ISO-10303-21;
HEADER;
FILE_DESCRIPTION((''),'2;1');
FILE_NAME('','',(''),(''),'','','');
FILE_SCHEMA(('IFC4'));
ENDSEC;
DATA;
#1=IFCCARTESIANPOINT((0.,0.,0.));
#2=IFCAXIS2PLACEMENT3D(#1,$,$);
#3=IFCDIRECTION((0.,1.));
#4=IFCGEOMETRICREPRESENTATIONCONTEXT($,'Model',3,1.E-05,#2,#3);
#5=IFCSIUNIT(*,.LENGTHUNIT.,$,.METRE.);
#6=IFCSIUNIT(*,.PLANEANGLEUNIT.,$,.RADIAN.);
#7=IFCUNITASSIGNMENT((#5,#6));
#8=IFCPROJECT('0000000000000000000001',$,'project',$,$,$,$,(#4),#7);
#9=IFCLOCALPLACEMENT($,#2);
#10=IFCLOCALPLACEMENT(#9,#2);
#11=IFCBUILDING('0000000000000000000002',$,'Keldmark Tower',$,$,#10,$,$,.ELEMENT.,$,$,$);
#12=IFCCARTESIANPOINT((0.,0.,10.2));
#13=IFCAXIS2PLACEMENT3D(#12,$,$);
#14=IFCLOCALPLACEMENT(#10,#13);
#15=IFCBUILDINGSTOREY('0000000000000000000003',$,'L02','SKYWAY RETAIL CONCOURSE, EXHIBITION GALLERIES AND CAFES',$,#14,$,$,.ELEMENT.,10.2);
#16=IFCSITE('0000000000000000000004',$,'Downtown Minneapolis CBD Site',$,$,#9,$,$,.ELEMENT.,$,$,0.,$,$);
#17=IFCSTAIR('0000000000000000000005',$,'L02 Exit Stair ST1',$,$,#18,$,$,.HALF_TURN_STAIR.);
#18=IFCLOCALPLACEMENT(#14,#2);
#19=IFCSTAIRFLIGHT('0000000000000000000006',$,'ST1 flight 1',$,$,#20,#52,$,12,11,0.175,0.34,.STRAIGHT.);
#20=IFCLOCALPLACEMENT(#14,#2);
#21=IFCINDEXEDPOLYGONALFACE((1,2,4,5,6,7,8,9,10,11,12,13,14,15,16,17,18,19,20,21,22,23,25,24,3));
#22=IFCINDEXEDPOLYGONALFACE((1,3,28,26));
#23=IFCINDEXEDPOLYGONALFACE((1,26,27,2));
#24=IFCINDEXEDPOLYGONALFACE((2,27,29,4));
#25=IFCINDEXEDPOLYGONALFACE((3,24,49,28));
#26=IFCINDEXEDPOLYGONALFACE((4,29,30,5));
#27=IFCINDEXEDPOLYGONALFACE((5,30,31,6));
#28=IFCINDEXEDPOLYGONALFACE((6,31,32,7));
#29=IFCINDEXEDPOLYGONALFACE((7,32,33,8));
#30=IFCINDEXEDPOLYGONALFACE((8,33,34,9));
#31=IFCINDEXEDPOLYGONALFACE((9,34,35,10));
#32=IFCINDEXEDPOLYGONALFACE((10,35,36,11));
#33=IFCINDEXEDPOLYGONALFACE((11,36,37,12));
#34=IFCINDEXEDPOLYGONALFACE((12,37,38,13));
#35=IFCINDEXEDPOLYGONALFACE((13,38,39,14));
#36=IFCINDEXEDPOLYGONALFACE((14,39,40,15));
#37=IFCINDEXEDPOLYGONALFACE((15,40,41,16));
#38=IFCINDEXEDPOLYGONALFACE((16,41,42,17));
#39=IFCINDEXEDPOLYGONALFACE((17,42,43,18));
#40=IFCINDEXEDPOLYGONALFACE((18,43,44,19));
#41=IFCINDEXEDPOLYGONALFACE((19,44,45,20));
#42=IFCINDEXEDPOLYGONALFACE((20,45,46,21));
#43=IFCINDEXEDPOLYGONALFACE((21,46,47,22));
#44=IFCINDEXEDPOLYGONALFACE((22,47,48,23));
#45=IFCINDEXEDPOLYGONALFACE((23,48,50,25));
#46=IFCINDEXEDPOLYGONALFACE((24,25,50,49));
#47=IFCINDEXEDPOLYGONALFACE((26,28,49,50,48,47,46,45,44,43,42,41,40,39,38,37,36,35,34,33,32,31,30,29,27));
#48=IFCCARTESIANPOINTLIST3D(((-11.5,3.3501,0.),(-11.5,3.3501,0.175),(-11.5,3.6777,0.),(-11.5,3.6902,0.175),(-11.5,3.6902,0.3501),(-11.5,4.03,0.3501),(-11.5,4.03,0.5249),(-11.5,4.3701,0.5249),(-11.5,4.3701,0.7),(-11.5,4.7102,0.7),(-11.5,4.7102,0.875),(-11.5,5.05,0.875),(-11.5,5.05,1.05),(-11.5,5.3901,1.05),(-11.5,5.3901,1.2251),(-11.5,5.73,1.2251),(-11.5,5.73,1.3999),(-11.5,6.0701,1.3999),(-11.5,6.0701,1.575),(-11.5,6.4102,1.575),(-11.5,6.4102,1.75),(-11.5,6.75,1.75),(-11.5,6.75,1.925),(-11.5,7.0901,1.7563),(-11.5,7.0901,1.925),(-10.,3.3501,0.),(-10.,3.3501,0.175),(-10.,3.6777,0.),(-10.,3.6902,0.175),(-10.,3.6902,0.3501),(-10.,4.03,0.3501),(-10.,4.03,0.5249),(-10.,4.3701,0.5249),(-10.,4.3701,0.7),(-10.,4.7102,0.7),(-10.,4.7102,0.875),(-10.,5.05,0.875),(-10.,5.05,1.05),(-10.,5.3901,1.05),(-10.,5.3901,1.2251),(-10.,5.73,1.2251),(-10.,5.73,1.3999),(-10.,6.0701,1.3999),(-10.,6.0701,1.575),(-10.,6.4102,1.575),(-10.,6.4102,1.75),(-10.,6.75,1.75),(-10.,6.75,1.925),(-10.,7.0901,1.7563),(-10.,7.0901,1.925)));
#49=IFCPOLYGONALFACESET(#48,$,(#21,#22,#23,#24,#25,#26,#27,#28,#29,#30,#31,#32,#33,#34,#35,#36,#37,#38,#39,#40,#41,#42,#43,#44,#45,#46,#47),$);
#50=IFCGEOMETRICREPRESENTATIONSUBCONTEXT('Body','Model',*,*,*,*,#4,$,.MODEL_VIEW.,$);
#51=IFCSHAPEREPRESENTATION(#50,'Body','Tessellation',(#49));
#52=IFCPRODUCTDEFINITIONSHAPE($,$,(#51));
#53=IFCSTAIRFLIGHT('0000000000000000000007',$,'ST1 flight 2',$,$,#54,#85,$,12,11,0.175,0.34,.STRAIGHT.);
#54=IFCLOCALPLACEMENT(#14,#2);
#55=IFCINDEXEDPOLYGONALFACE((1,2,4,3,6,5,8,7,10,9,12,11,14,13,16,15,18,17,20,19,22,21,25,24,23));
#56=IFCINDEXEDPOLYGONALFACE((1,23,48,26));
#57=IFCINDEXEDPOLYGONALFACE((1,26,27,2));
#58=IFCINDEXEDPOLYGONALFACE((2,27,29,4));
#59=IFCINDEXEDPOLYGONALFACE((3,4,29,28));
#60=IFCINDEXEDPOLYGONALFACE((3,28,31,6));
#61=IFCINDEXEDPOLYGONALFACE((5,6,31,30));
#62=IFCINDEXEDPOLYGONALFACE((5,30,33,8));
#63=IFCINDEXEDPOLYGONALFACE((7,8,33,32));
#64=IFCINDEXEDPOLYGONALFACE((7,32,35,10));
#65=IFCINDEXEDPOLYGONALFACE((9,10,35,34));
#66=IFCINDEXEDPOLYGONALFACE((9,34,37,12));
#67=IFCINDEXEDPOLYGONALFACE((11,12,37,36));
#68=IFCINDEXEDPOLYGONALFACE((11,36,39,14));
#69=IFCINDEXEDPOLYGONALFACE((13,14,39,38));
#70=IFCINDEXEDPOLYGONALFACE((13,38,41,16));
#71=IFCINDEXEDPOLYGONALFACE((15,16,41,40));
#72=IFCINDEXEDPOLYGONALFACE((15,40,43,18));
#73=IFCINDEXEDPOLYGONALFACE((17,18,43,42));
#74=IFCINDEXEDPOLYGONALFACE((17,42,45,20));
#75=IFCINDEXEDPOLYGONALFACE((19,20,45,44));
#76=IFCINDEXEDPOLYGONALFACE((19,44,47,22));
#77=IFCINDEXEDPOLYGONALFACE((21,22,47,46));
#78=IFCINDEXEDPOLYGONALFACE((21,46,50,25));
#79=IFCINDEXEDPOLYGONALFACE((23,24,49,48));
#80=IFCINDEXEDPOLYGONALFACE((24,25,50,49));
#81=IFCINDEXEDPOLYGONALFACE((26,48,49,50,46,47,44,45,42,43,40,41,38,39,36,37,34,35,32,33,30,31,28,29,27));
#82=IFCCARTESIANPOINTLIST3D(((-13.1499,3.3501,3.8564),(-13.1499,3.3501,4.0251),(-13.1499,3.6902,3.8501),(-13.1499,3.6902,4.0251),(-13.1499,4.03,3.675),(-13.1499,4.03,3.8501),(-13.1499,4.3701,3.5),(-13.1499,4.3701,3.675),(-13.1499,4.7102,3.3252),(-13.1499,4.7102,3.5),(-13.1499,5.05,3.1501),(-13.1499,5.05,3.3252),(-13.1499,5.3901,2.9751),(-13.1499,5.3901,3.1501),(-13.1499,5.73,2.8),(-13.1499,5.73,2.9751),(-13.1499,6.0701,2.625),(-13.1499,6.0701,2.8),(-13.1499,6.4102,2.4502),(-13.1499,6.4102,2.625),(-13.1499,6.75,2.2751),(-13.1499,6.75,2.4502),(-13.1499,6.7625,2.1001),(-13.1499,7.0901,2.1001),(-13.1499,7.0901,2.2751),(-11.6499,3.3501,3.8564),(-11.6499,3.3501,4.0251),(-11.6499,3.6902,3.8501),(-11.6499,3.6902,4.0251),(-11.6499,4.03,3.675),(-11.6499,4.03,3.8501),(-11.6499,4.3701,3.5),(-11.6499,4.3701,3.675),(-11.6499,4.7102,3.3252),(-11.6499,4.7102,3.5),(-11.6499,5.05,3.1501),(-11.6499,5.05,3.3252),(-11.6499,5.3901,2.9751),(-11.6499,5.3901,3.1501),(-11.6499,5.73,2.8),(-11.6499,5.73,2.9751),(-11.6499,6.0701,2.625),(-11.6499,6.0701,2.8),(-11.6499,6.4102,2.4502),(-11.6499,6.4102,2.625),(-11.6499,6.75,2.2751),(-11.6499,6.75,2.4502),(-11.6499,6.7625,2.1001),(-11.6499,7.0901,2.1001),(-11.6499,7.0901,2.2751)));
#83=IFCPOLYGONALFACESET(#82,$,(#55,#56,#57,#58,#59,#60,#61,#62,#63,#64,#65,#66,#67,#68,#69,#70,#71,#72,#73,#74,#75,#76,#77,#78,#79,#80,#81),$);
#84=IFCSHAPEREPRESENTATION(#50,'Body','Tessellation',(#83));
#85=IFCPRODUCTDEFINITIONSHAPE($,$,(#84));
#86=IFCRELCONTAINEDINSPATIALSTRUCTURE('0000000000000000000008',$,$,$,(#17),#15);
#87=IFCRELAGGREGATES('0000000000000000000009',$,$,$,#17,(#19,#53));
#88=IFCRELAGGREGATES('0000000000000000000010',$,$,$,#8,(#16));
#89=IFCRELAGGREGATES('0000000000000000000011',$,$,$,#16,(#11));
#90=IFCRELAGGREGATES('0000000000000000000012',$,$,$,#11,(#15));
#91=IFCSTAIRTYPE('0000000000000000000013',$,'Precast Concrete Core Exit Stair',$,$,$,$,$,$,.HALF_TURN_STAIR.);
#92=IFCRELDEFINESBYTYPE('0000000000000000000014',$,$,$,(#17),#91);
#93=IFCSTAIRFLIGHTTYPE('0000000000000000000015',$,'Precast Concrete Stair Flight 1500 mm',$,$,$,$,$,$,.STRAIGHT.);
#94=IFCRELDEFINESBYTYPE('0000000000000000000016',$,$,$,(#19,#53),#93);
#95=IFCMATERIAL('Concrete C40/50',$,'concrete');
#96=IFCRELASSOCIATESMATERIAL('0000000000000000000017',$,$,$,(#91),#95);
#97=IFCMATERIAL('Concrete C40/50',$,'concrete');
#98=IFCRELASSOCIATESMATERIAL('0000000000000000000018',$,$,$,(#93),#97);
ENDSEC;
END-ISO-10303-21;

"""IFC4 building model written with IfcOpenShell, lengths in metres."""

from ifc_helpers import new_model, si_unit, direction, frame, origin, place, context, subcontext, project, spatial, polyline, outline, extrude, material, type_object, element, aggregate, save


model = new_model("IFC4")

# Units and contexts
model_context = context("Model", 3, precision=1e-05, world=origin(), true_north=direction((0.0, 1.0)))
body_context = subcontext(model_context, "Body", "Model", "MODEL_VIEW")
ifc_project = project(units=[si_unit("LENGTHUNIT", "METRE"), si_unit("PLANEANGLEUNIT", "RADIAN")], contexts=[model_context])

# Site, building, storey
site_placement = place(None, origin())
site = spatial("IfcSite", under=ifc_project, at=site_placement, Name="Downtown Minneapolis CBD Site", CompositionType="ELEMENT", RefElevation=0.0)
building_placement = place(site_placement, origin())
building = spatial("IfcBuilding", under=site, at=building_placement, Name="Keldmark Tower", CompositionType="ELEMENT")
storey_placement = place(building_placement, frame((0.0, 0.0, 10.2)))
storey = spatial("IfcBuildingStorey", under=building, at=storey_placement, Name="L02", Description="SKYWAY RETAIL CONCOURSE, EXHIBITION GALLERIES AND CAFES", CompositionType="ELEMENT", Elevation=10.2)

# Stair, stair flights
ifc_material_1 = material(Name="Concrete C40/50", Category="concrete")
stair_type = type_object("IfcStairType", Name="Precast Concrete Core Exit Stair", PredefinedType="HALF_TURN_STAIR", material=ifc_material_1)
stair_placement = place(storey_placement, origin())
stair = element("IfcStair", 1, at=stair_placement, inside=storey, type_object=stair_type, Name="L02 Exit Stair ST1", PredefinedType="HALF_TURN_STAIR")
ifc_material_2 = material(Name="Concrete C40/50", Category="concrete")
stair_flight_type = type_object("IfcStairFlightType", Name="Precast Concrete Stair Flight 1500 mm", PredefinedType="STRAIGHT", material=ifc_material_2)
stair_flight_1_placement = place(storey_placement, frame((-10.75, 3.3501, 0.0), z_axis=(0.0, 0.0, 1.0), x_axis=(0.0, 1.0, 0.0)))
stair_flight_1 = element("IfcStairFlight", 2, at=stair_flight_1_placement, type_object=stair_flight_type, Name="ST1 flight 1", NumberOfRisers=12, NumberOfTreads=11, PredefinedType="STRAIGHT", RiserHeight=0.175, TreadLength=0.34, context=body_context, shape_type="SweptSolid", body=[
    extrude(outline(polyline([(0.0, 0.0), (0.0, 0.175), (0.3401, 0.175), (0.3401, 0.3501), (0.6799, 0.3501), (0.6799, 0.5249), (1.02, 0.5249), (1.02, 0.7), (1.3601, 0.7), (1.3601, 0.875), (1.7, 0.875), (1.7, 1.05), (2.04, 1.05), (2.04, 1.2251), (2.3799, 1.2251), (2.3799, 1.3999), (2.72, 1.3999), (2.72, 1.575), (3.0601, 1.575), (3.0601, 1.75), (3.3999, 1.75), (3.3999, 1.925), (3.74, 1.925), (3.74, 2.1001), (3.74, 1.7563), (0.3276, 0.0), (0.0, 0.0)])), frame((0.0, 0.75, 0.0), z_axis=(0.0, -1.0, 0.0), x_axis=(1.0, 0.0, 0.0)), (0.0, 0.0, 1.0), 1.5),
])
stair_flight_2_placement = place(storey_placement, frame((-12.3999, 7.0901, 2.1001), z_axis=(0.0, 0.0, 1.0), x_axis=(0.0, -1.0, 0.0)))
stair_flight_2 = element("IfcStairFlight", 3, at=stair_flight_2_placement, type_object=stair_flight_type, Name="ST1 flight 2", NumberOfRisers=12, NumberOfTreads=11, PredefinedType="STRAIGHT", RiserHeight=0.175, TreadLength=0.34, context=body_context, shape_type="SweptSolid", body=[
    extrude(outline(polyline([(0.0, 0.0), (0.0, 0.175), (0.3401, 0.175), (0.3401, 0.3501), (0.6799, 0.3501), (0.6799, 0.5249), (1.02, 0.5249), (1.02, 0.7), (1.3601, 0.7), (1.3601, 0.875), (1.7, 0.875), (1.7, 1.05), (2.04, 1.05), (2.04, 1.2251), (2.3799, 1.2251), (2.3799, 1.3999), (2.72, 1.3999), (2.72, 1.575), (3.0601, 1.575), (3.0601, 1.75), (3.3999, 1.75), (3.3999, 1.925), (3.74, 1.925), (3.74, 2.1001), (3.74, 1.7563), (0.3276, 0.0), (0.0, 0.0)])), frame((0.0, 0.75, 0.0), z_axis=(0.0, -1.0, 0.0), x_axis=(1.0, 0.0, 0.0)), (0.0, 0.0, 1.0), 1.5),
])
aggregate(stair, [stair_flight_1, stair_flight_2])

save(model, "model.ifc")
